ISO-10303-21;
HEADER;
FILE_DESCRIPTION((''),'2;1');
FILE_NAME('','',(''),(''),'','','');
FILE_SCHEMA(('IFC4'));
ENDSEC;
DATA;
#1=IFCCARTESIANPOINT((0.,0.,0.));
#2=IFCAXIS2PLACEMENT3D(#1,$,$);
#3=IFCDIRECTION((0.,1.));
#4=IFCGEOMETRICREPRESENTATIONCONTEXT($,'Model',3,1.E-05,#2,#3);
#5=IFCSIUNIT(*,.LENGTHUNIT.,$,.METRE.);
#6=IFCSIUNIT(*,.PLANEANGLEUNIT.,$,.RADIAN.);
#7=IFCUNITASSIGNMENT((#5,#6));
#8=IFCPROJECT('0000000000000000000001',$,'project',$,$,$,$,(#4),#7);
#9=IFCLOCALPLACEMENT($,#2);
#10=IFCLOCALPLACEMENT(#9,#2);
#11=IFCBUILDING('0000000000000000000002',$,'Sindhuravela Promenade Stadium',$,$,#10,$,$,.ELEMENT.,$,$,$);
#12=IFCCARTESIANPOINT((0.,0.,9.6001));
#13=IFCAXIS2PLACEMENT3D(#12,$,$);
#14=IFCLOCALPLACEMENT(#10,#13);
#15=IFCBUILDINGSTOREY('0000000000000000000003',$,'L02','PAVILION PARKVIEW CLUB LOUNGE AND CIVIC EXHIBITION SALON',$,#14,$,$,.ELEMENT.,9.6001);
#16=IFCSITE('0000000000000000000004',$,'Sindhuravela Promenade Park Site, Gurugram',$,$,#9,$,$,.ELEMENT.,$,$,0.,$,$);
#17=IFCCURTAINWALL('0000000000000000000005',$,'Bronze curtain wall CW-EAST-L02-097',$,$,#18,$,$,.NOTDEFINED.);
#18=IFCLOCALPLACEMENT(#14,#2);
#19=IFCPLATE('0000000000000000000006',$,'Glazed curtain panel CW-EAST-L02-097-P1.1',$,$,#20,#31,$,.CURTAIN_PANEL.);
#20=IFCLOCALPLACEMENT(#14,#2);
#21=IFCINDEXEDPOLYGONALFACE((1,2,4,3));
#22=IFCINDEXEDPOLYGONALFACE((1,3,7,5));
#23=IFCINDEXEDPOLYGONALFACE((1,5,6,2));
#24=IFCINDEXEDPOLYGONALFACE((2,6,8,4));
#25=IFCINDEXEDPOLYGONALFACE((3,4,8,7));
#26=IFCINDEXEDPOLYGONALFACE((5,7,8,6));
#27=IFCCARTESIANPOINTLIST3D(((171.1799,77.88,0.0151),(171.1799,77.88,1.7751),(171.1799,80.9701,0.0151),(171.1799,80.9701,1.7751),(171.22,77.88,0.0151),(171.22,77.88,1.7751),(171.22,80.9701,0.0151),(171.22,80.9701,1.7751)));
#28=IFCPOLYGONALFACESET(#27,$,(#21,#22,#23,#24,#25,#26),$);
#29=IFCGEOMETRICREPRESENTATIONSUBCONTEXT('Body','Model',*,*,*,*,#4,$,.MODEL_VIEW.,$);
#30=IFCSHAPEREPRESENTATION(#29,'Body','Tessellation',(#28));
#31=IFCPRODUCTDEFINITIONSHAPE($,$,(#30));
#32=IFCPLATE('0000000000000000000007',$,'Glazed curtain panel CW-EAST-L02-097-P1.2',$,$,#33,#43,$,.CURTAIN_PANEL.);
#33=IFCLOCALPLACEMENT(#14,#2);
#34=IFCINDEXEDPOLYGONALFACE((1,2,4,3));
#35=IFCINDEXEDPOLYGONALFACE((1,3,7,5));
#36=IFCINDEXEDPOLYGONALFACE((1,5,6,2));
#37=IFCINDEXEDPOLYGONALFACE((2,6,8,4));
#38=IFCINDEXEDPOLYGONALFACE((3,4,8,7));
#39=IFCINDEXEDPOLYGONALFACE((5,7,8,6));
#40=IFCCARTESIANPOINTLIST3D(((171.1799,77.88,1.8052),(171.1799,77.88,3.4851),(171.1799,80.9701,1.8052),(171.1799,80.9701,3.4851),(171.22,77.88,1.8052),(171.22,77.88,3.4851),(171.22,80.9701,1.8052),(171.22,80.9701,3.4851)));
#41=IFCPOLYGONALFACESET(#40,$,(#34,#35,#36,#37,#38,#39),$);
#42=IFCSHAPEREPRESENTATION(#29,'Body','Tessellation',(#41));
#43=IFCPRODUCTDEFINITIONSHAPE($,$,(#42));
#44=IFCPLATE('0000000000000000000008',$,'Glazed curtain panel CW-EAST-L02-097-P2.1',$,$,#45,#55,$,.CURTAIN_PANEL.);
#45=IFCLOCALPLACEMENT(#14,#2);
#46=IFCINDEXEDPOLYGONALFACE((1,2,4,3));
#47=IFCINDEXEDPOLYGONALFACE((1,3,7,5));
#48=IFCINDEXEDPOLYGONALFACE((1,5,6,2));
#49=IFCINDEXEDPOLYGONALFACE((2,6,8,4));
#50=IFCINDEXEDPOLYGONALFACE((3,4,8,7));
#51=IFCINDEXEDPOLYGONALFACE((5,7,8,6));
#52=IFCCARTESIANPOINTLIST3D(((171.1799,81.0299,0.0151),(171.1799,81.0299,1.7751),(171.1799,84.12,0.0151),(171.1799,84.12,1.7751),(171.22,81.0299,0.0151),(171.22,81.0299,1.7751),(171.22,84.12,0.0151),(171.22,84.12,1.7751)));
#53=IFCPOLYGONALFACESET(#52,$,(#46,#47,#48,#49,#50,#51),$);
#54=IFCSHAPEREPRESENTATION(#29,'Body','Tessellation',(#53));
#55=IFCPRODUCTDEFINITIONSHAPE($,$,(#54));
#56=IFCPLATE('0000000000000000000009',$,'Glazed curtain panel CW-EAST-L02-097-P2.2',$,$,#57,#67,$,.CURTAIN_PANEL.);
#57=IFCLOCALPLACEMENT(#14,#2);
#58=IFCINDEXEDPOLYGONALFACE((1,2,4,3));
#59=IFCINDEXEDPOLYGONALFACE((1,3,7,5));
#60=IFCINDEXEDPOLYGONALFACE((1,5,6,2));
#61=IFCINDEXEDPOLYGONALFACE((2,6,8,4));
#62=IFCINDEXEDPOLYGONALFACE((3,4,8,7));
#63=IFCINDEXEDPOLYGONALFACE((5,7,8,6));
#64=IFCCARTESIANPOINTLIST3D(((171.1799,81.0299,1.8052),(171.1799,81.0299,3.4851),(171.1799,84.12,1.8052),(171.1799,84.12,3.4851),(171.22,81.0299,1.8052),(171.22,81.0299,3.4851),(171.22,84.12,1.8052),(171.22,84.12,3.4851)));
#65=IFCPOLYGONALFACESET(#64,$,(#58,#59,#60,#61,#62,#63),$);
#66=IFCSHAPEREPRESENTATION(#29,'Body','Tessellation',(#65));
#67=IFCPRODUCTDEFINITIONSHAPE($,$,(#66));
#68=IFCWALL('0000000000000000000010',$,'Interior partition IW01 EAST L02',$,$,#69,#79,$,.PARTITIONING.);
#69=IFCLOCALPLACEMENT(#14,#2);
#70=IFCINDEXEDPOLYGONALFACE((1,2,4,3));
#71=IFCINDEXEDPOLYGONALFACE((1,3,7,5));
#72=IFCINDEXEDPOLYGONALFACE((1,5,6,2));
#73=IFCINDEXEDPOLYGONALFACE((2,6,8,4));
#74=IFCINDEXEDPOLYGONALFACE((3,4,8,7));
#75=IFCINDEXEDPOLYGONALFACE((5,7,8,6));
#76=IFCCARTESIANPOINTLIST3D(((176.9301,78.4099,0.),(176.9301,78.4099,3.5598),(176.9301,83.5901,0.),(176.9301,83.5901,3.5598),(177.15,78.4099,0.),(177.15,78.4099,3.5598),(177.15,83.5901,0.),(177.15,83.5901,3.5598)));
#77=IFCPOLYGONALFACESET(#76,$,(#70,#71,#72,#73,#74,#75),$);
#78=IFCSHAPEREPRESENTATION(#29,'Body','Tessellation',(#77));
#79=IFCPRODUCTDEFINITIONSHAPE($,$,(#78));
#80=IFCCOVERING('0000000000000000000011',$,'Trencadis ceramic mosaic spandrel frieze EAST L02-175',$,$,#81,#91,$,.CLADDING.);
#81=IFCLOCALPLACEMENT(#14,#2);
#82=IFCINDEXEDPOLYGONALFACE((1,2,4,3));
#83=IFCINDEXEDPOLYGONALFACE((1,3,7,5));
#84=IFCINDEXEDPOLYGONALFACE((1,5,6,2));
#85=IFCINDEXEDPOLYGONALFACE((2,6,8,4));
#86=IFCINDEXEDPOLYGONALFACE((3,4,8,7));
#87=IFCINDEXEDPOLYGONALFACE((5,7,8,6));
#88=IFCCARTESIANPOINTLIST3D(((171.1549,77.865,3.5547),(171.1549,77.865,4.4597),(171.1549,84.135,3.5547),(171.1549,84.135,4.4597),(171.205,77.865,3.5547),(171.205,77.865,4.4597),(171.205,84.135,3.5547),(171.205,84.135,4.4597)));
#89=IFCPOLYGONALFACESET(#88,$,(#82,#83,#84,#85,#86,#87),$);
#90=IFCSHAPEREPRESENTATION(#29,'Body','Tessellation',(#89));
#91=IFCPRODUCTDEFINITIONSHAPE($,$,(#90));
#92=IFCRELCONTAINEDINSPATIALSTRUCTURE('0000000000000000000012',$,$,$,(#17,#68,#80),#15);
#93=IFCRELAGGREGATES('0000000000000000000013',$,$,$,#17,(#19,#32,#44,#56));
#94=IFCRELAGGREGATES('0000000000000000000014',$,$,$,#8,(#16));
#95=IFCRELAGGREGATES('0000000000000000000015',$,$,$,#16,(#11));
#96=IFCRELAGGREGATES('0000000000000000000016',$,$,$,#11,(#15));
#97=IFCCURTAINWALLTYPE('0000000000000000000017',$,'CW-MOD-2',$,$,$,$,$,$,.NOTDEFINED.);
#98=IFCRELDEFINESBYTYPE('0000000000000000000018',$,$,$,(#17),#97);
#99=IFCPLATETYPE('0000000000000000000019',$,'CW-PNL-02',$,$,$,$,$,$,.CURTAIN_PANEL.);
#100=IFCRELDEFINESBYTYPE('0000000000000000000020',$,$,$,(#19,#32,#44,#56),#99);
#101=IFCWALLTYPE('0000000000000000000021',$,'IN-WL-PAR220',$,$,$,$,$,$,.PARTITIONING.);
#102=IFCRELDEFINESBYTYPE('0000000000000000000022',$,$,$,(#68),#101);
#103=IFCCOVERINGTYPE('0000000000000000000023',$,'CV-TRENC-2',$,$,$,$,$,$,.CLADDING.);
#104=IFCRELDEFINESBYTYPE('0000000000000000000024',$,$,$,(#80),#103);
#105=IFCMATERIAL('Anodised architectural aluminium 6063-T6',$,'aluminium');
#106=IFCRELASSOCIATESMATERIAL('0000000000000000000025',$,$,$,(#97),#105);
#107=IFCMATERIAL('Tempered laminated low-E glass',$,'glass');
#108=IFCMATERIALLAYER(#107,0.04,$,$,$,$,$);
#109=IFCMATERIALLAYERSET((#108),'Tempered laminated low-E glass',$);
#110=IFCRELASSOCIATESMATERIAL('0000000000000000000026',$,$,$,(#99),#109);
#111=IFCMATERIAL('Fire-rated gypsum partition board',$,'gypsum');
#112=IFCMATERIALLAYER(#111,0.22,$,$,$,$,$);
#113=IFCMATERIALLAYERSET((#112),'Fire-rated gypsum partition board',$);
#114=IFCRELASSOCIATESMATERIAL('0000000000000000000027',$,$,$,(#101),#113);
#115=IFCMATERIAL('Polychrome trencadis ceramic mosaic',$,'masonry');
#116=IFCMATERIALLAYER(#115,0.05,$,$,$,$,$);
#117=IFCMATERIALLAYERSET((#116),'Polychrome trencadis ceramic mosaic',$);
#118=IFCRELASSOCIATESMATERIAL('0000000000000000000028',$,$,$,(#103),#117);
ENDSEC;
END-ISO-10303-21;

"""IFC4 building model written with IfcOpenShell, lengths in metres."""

from ifc_helpers import new_model, si_unit, direction, frame, frame_2d, origin, origin_2d, place, context, subcontext, project, spatial, rectangle, extrude, material, layer, layer_set, type_object, element, aggregate, save


model = new_model("IFC4")

# Units and contexts
model_context = context("Model", 3, precision=1e-05, world=origin(), true_north=direction((0.0, 1.0)))
body_context = subcontext(model_context, "Body", "Model", "MODEL_VIEW")
ifc_project = project(units=[si_unit("LENGTHUNIT", "METRE"), si_unit("PLANEANGLEUNIT", "RADIAN")], contexts=[model_context])

# Site, building, storey
site_placement = place(None, origin())
site = spatial("IfcSite", under=ifc_project, at=site_placement, Name="Sindhuravela Promenade Park Site, Gurugram", CompositionType="ELEMENT", RefElevation=0.0)
building_placement = place(site_placement, origin())
building = spatial("IfcBuilding", under=site, at=building_placement, Name="Sindhuravela Promenade Stadium", CompositionType="ELEMENT")
storey_placement = place(building_placement, frame((0.0, 0.0, 9.6001)))
storey = spatial("IfcBuildingStorey", under=building, at=storey_placement, Name="L02", Description="PAVILION PARKVIEW CLUB LOUNGE AND CIVIC EXHIBITION SALON", CompositionType="ELEMENT", Elevation=9.6001)

# Shared definitions
ifc_material_1 = material(Name="Anodised architectural aluminium 6063-T6", Category="aluminium")

# Curtain wall
curtain_wall_type_1 = type_object("IfcCurtainWallType", Name="CW-MOD-2", PredefinedType="NOTDEFINED", material=ifc_material_1)
curtain_wall_1_placement = place(storey_placement, origin())
curtain_wall_1 = element("IfcCurtainWall", 1, at=curtain_wall_1_placement, inside=storey, type_object=curtain_wall_type_1, Name="Bronze curtain wall CW-EAST-L02-097", PredefinedType="NOTDEFINED")

# Plates
ifc_material_2 = material(Name="Tempered laminated low-E glass", Category="glass")
ifc_layer_1 = layer(ifc_material_2, 0.04)
ifc_layer_set_1 = layer_set([ifc_layer_1], Name="Tempered laminated low-E glass")
plate_type = type_object("IfcPlateType", Name="CW-PNL-02", PredefinedType="CURTAIN_PANEL", material=ifc_layer_set_1)
plate_1_placement = place(storey_placement, frame((171.2, 79.425, 0.0151), z_axis=(0.0, 0.0, 1.0), x_axis=(0.0, 1.0, 0.0)))
plate_1 = element("IfcPlate", 2, at=plate_1_placement, type_object=plate_type, Name="Glazed curtain panel CW-EAST-L02-097-P1.1", PredefinedType="CURTAIN_PANEL", context=body_context, shape_type="SweptSolid", body=[
    extrude(rectangle(XDim=3.0901, YDim=0.04, at=origin_2d()), origin(), (0.0, 0.0, 1.0), 1.76),
])
plate_2_placement = place(storey_placement, frame((171.2, 79.425, 1.8052), z_axis=(0.0, 0.0, 1.0), x_axis=(0.0, 1.0, 0.0)))
plate_2 = element("IfcPlate", 3, at=plate_2_placement, type_object=plate_type, Name="Glazed curtain panel CW-EAST-L02-097-P1.2", PredefinedType="CURTAIN_PANEL", context=body_context, shape_type="SweptSolid", body=[
    extrude(rectangle(XDim=3.0901, YDim=0.04, at=origin_2d()), origin(), (0.0, 0.0, 1.0), 1.6799),
])
plate_3_placement = place(storey_placement, frame((171.2, 82.575, 0.0151), z_axis=(0.0, 0.0, 1.0), x_axis=(0.0, 1.0, 0.0)))
plate_3 = element("IfcPlate", 4, at=plate_3_placement, type_object=plate_type, Name="Glazed curtain panel CW-EAST-L02-097-P2.1", PredefinedType="CURTAIN_PANEL", context=body_context, shape_type="SweptSolid", body=[
    extrude(rectangle(XDim=3.0901, YDim=0.04, at=origin_2d()), origin(), (0.0, 0.0, 1.0), 1.76),
])
plate_4_placement = place(storey_placement, frame((171.2, 82.575, 1.8052), z_axis=(0.0, 0.0, 1.0), x_axis=(0.0, 1.0, 0.0)))
plate_4 = element("IfcPlate", 5, at=plate_4_placement, type_object=plate_type, Name="Glazed curtain panel CW-EAST-L02-097-P2.2", PredefinedType="CURTAIN_PANEL", context=body_context, shape_type="SweptSolid", body=[
    extrude(rectangle(XDim=3.0901, YDim=0.04, at=origin_2d()), origin(), (0.0, 0.0, 1.0), 1.6799),
])
aggregate(curtain_wall_1, [plate_1, plate_2, plate_3, plate_4])

# Wall
ifc_material_3 = material(Name="Fire-rated gypsum partition board", Category="gypsum")
ifc_layer_2 = layer(ifc_material_3, 0.22)
ifc_layer_set_2 = layer_set([ifc_layer_2], Name="Fire-rated gypsum partition board")
wall_type = type_object("IfcWallType", Name="IN-WL-PAR220", PredefinedType="PARTITIONING", material=ifc_layer_set_2)
wall_placement = place(storey_placement, frame((177.04, 78.4099, 0.0), z_axis=(0.0, 0.0, 1.0), x_axis=(0.0, 1.0, 0.0)))
element("IfcWall", 6, at=wall_placement, inside=storey, type_object=wall_type, Name="Interior partition IW01 EAST L02", PredefinedType="PARTITIONING", context=body_context, shape_type="SweptSolid", body=[
    extrude(rectangle(XDim=5.1802, YDim=0.22, at=frame_2d((2.5901, 0.0))), origin(), (0.0, 0.0, 1.0), 3.5598),
])

# Covering
ifc_material_4 = material(Name="Polychrome trencadis ceramic mosaic", Category="masonry")
ifc_layer_3 = layer(ifc_material_4, 0.05)
ifc_layer_set_3 = layer_set([ifc_layer_3], Name="Polychrome trencadis ceramic mosaic")
covering_type = type_object("IfcCoveringType", Name="CV-TRENC-2", PredefinedType="CLADDING", material=ifc_layer_set_3)
covering_placement = place(storey_placement, frame((171.1799, 81.0, 3.5547), z_axis=(0.0, 0.0, 1.0), x_axis=(0.0, 1.0, 0.0)))
element("IfcCovering", 7, at=covering_placement, inside=storey, type_object=covering_type, Name="Trencadis ceramic mosaic spandrel frieze EAST L02-175", PredefinedType="CLADDING", context=body_context, shape_type="SweptSolid", body=[
    extrude(rectangle(XDim=6.27, YDim=0.05, at=origin_2d()), origin(), (0.0, 0.0, 1.0), 0.905),
])

save(model, "model.ifc")
